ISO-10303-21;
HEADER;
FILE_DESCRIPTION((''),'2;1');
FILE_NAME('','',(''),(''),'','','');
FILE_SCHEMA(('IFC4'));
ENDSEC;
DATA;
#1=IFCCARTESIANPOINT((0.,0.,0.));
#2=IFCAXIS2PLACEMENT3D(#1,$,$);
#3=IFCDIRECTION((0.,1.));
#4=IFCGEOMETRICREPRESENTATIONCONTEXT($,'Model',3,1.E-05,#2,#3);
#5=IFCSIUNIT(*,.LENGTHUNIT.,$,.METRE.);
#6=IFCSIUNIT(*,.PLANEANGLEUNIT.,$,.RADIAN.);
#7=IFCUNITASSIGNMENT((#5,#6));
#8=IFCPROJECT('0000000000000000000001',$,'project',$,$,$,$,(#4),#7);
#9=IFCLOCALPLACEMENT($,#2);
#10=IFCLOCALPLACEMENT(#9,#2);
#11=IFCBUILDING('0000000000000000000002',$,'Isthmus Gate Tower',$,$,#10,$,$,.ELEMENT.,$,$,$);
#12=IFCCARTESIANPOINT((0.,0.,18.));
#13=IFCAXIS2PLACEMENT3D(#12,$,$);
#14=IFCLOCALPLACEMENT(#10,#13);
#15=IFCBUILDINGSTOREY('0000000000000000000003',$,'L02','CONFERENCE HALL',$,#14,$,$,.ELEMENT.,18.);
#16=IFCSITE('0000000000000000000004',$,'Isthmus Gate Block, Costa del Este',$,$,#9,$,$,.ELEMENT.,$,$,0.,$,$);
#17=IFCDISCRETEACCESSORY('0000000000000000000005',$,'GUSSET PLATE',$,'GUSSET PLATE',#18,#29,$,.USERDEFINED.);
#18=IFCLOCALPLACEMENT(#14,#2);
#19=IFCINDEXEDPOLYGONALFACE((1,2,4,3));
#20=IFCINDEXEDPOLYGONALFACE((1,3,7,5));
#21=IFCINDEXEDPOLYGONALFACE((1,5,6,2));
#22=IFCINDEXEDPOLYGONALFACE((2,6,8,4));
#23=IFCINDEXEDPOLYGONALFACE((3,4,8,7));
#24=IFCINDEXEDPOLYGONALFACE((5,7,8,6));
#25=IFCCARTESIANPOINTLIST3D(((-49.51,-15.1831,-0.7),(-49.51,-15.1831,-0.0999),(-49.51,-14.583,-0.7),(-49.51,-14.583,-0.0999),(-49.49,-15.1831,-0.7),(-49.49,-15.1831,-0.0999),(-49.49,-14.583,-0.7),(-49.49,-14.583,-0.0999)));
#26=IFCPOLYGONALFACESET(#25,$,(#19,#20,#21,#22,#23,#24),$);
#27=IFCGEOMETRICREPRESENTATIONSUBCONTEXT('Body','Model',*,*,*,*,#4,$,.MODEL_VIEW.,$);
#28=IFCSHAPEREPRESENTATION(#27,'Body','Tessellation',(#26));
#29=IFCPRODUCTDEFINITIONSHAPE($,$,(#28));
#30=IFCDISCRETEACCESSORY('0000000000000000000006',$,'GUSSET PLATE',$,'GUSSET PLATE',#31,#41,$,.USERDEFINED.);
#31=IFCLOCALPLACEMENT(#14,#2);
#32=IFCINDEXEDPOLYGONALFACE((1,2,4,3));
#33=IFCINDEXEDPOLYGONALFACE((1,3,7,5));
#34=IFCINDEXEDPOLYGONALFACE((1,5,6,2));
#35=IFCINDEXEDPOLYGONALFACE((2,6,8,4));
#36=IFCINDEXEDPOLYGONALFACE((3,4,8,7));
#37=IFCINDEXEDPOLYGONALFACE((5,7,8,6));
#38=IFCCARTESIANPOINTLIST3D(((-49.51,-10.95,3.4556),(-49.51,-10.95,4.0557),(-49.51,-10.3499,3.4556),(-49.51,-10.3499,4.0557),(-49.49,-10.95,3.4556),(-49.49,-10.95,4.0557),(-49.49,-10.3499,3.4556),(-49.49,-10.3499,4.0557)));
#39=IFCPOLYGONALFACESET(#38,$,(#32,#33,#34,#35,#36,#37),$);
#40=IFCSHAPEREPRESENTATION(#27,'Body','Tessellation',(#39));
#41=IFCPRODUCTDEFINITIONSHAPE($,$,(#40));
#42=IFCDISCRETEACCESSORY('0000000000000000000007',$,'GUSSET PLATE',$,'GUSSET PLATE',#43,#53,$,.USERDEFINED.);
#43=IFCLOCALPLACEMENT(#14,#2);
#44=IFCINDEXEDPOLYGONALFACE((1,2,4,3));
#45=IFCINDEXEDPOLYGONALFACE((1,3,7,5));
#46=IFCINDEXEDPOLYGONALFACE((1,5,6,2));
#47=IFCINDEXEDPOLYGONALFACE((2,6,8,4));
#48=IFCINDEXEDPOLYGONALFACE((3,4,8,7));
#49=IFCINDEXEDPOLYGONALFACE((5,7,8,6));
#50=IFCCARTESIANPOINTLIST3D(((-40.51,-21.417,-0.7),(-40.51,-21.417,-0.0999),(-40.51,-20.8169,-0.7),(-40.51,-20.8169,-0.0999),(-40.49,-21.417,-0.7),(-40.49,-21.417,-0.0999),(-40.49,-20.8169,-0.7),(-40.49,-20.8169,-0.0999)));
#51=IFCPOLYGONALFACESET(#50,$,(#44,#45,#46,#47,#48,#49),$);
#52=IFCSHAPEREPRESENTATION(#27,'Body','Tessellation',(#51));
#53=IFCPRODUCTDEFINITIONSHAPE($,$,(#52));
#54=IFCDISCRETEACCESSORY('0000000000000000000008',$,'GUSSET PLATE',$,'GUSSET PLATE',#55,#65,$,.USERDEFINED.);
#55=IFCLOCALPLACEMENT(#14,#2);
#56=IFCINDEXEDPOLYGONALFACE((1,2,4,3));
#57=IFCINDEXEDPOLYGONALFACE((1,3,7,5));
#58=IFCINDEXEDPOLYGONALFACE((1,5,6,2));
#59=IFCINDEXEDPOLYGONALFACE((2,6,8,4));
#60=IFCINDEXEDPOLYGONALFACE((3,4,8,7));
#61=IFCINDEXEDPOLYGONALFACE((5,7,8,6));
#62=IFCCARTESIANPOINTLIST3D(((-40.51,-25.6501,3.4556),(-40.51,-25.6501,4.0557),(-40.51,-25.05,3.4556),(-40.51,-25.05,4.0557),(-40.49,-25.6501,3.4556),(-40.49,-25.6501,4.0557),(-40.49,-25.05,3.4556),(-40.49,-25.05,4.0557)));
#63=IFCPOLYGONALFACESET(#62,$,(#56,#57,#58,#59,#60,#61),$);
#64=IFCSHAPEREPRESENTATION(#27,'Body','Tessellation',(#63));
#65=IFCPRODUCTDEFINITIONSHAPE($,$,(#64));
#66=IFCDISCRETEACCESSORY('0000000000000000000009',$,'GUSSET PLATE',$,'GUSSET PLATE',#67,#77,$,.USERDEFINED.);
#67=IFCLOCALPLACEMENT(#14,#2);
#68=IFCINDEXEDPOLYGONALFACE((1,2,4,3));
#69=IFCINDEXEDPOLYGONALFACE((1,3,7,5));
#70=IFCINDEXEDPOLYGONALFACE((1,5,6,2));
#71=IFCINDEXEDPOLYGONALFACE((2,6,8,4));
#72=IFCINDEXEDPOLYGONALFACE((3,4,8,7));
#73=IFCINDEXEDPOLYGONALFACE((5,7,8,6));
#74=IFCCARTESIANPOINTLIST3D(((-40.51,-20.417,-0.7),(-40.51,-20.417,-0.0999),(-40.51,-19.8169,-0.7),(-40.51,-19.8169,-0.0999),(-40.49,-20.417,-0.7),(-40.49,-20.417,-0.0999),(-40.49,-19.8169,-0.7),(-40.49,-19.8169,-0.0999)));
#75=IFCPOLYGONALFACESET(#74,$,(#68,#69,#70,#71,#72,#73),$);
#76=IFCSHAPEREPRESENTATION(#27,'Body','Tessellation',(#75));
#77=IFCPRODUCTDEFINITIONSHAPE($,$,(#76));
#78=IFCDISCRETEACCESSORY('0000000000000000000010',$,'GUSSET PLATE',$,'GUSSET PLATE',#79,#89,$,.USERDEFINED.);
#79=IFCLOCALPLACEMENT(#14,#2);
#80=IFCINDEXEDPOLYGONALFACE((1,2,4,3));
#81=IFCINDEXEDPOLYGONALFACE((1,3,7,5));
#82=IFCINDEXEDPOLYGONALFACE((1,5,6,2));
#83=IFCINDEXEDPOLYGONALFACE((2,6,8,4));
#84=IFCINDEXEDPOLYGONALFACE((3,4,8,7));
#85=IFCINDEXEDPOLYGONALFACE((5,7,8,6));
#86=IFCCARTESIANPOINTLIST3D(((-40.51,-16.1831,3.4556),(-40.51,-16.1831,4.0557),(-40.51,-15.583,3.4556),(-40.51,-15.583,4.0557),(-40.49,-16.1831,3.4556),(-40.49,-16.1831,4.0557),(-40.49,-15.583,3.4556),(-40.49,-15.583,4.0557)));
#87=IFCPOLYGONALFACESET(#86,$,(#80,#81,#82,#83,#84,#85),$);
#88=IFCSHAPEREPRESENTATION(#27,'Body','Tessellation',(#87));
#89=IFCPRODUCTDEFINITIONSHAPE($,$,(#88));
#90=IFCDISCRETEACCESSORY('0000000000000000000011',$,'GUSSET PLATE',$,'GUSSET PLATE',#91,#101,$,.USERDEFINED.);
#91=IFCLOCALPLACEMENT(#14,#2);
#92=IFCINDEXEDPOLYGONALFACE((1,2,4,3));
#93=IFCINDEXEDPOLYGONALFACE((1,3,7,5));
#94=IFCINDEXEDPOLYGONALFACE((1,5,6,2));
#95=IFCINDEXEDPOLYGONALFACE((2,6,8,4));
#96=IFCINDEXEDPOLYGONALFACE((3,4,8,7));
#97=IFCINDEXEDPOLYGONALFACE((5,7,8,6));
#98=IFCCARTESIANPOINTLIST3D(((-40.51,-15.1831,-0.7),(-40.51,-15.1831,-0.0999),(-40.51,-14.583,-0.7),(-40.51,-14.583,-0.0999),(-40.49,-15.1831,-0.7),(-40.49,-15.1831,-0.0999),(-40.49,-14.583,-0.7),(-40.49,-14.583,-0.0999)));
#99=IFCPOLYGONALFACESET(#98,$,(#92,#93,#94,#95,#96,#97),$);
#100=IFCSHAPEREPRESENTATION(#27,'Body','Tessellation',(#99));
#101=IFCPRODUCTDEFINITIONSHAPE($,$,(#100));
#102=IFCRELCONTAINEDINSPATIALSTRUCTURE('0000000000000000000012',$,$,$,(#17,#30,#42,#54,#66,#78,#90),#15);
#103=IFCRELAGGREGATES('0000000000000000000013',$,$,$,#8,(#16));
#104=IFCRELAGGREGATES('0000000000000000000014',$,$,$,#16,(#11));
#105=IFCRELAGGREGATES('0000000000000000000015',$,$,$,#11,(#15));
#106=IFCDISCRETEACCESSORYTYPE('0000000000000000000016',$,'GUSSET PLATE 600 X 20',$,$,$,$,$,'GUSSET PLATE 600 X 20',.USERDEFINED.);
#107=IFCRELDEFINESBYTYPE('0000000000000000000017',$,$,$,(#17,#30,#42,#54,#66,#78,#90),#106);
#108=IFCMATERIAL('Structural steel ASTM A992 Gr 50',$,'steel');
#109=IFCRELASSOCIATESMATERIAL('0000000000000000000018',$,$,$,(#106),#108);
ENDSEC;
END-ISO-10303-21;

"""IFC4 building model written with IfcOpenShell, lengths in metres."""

from ifc_helpers import new_model, si_unit, direction, frame, origin, origin_2d, place, context, subcontext, project, spatial, rectangle, extrude, material, type_object, element, save


model = new_model("IFC4")

# Units and contexts
model_context = context("Model", 3, precision=1e-05, world=origin(), true_north=direction((0.0, 1.0)))
body_context = subcontext(model_context, "Body", "Model", "MODEL_VIEW")
ifc_project = project(units=[si_unit("LENGTHUNIT", "METRE"), si_unit("PLANEANGLEUNIT", "RADIAN")], contexts=[model_context])

# Site, building, storey
site_placement = place(None, origin())
site = spatial("IfcSite", under=ifc_project, at=site_placement, Name="Isthmus Gate Block, Costa del Este", CompositionType="ELEMENT", RefElevation=0.0)
building_placement = place(site_placement, origin())
building = spatial("IfcBuilding", under=site, at=building_placement, Name="Isthmus Gate Tower", CompositionType="ELEMENT")
storey_placement = place(building_placement, frame((0.0, 0.0, 18.0)))
storey = spatial("IfcBuildingStorey", under=building, at=storey_placement, Name="L02", Description="CONFERENCE HALL", CompositionType="ELEMENT", Elevation=18.0)

# Discrete accessories
ifc_material_1 = material(Name="Structural steel ASTM A992 Gr 50", Category="steel")
discrete_accessory_type = type_object("IfcDiscreteAccessoryType", Name="GUSSET PLATE 600 X 20", ElementType="GUSSET PLATE 600 X 20", PredefinedType="USERDEFINED", material=ifc_material_1)
for number, where, z_axis, x_axis, name in (
    (1, (-49.5, -14.8831, -0.7), (0.0, 0.0, 1.0), (0.0, 1.0, 0.0), "GUSSET PLATE"),
    (2, (-49.5, -10.6499, 3.4556), (0.0, 0.0, 1.0), (0.0, 1.0, 0.0), "GUSSET PLATE"),
    (3, (-40.5, -21.1169, -0.7), (0.0, 0.0, 1.0), (0.0, -1.0, 0.0), "GUSSET PLATE"),
    (4, (-40.5, -25.3501, 3.4556), (0.0, 0.0, 1.0), (0.0, -1.0, 0.0), "GUSSET PLATE"),
    (5, (-40.5, -20.1169, -0.7), (0.0, 0.0, 1.0), (0.0, 1.0, 0.0), "GUSSET PLATE"),
    (6, (-40.5, -15.8831, 3.4556), (0.0, 0.0, 1.0), (0.0, 1.0, 0.0), "GUSSET PLATE"),
    (7, (-40.5, -14.8831, -0.7), (0.0, 0.0, 1.0), (0.0, 1.0, 0.0), "GUSSET PLATE"),
):
    element("IfcDiscreteAccessory", number, at=place(storey_placement, frame(where, z_axis=z_axis, x_axis=x_axis)), inside=storey, type_object=discrete_accessory_type, Name=name, ObjectType="GUSSET PLATE", PredefinedType="USERDEFINED", context=body_context, shape_type="SweptSolid", body=[
        extrude(rectangle(XDim=0.6001, YDim=0.02, at=origin_2d()), origin(), (0.0, 0.0, 1.0), 0.6001),
    ])

save(model, "model.ifc")
